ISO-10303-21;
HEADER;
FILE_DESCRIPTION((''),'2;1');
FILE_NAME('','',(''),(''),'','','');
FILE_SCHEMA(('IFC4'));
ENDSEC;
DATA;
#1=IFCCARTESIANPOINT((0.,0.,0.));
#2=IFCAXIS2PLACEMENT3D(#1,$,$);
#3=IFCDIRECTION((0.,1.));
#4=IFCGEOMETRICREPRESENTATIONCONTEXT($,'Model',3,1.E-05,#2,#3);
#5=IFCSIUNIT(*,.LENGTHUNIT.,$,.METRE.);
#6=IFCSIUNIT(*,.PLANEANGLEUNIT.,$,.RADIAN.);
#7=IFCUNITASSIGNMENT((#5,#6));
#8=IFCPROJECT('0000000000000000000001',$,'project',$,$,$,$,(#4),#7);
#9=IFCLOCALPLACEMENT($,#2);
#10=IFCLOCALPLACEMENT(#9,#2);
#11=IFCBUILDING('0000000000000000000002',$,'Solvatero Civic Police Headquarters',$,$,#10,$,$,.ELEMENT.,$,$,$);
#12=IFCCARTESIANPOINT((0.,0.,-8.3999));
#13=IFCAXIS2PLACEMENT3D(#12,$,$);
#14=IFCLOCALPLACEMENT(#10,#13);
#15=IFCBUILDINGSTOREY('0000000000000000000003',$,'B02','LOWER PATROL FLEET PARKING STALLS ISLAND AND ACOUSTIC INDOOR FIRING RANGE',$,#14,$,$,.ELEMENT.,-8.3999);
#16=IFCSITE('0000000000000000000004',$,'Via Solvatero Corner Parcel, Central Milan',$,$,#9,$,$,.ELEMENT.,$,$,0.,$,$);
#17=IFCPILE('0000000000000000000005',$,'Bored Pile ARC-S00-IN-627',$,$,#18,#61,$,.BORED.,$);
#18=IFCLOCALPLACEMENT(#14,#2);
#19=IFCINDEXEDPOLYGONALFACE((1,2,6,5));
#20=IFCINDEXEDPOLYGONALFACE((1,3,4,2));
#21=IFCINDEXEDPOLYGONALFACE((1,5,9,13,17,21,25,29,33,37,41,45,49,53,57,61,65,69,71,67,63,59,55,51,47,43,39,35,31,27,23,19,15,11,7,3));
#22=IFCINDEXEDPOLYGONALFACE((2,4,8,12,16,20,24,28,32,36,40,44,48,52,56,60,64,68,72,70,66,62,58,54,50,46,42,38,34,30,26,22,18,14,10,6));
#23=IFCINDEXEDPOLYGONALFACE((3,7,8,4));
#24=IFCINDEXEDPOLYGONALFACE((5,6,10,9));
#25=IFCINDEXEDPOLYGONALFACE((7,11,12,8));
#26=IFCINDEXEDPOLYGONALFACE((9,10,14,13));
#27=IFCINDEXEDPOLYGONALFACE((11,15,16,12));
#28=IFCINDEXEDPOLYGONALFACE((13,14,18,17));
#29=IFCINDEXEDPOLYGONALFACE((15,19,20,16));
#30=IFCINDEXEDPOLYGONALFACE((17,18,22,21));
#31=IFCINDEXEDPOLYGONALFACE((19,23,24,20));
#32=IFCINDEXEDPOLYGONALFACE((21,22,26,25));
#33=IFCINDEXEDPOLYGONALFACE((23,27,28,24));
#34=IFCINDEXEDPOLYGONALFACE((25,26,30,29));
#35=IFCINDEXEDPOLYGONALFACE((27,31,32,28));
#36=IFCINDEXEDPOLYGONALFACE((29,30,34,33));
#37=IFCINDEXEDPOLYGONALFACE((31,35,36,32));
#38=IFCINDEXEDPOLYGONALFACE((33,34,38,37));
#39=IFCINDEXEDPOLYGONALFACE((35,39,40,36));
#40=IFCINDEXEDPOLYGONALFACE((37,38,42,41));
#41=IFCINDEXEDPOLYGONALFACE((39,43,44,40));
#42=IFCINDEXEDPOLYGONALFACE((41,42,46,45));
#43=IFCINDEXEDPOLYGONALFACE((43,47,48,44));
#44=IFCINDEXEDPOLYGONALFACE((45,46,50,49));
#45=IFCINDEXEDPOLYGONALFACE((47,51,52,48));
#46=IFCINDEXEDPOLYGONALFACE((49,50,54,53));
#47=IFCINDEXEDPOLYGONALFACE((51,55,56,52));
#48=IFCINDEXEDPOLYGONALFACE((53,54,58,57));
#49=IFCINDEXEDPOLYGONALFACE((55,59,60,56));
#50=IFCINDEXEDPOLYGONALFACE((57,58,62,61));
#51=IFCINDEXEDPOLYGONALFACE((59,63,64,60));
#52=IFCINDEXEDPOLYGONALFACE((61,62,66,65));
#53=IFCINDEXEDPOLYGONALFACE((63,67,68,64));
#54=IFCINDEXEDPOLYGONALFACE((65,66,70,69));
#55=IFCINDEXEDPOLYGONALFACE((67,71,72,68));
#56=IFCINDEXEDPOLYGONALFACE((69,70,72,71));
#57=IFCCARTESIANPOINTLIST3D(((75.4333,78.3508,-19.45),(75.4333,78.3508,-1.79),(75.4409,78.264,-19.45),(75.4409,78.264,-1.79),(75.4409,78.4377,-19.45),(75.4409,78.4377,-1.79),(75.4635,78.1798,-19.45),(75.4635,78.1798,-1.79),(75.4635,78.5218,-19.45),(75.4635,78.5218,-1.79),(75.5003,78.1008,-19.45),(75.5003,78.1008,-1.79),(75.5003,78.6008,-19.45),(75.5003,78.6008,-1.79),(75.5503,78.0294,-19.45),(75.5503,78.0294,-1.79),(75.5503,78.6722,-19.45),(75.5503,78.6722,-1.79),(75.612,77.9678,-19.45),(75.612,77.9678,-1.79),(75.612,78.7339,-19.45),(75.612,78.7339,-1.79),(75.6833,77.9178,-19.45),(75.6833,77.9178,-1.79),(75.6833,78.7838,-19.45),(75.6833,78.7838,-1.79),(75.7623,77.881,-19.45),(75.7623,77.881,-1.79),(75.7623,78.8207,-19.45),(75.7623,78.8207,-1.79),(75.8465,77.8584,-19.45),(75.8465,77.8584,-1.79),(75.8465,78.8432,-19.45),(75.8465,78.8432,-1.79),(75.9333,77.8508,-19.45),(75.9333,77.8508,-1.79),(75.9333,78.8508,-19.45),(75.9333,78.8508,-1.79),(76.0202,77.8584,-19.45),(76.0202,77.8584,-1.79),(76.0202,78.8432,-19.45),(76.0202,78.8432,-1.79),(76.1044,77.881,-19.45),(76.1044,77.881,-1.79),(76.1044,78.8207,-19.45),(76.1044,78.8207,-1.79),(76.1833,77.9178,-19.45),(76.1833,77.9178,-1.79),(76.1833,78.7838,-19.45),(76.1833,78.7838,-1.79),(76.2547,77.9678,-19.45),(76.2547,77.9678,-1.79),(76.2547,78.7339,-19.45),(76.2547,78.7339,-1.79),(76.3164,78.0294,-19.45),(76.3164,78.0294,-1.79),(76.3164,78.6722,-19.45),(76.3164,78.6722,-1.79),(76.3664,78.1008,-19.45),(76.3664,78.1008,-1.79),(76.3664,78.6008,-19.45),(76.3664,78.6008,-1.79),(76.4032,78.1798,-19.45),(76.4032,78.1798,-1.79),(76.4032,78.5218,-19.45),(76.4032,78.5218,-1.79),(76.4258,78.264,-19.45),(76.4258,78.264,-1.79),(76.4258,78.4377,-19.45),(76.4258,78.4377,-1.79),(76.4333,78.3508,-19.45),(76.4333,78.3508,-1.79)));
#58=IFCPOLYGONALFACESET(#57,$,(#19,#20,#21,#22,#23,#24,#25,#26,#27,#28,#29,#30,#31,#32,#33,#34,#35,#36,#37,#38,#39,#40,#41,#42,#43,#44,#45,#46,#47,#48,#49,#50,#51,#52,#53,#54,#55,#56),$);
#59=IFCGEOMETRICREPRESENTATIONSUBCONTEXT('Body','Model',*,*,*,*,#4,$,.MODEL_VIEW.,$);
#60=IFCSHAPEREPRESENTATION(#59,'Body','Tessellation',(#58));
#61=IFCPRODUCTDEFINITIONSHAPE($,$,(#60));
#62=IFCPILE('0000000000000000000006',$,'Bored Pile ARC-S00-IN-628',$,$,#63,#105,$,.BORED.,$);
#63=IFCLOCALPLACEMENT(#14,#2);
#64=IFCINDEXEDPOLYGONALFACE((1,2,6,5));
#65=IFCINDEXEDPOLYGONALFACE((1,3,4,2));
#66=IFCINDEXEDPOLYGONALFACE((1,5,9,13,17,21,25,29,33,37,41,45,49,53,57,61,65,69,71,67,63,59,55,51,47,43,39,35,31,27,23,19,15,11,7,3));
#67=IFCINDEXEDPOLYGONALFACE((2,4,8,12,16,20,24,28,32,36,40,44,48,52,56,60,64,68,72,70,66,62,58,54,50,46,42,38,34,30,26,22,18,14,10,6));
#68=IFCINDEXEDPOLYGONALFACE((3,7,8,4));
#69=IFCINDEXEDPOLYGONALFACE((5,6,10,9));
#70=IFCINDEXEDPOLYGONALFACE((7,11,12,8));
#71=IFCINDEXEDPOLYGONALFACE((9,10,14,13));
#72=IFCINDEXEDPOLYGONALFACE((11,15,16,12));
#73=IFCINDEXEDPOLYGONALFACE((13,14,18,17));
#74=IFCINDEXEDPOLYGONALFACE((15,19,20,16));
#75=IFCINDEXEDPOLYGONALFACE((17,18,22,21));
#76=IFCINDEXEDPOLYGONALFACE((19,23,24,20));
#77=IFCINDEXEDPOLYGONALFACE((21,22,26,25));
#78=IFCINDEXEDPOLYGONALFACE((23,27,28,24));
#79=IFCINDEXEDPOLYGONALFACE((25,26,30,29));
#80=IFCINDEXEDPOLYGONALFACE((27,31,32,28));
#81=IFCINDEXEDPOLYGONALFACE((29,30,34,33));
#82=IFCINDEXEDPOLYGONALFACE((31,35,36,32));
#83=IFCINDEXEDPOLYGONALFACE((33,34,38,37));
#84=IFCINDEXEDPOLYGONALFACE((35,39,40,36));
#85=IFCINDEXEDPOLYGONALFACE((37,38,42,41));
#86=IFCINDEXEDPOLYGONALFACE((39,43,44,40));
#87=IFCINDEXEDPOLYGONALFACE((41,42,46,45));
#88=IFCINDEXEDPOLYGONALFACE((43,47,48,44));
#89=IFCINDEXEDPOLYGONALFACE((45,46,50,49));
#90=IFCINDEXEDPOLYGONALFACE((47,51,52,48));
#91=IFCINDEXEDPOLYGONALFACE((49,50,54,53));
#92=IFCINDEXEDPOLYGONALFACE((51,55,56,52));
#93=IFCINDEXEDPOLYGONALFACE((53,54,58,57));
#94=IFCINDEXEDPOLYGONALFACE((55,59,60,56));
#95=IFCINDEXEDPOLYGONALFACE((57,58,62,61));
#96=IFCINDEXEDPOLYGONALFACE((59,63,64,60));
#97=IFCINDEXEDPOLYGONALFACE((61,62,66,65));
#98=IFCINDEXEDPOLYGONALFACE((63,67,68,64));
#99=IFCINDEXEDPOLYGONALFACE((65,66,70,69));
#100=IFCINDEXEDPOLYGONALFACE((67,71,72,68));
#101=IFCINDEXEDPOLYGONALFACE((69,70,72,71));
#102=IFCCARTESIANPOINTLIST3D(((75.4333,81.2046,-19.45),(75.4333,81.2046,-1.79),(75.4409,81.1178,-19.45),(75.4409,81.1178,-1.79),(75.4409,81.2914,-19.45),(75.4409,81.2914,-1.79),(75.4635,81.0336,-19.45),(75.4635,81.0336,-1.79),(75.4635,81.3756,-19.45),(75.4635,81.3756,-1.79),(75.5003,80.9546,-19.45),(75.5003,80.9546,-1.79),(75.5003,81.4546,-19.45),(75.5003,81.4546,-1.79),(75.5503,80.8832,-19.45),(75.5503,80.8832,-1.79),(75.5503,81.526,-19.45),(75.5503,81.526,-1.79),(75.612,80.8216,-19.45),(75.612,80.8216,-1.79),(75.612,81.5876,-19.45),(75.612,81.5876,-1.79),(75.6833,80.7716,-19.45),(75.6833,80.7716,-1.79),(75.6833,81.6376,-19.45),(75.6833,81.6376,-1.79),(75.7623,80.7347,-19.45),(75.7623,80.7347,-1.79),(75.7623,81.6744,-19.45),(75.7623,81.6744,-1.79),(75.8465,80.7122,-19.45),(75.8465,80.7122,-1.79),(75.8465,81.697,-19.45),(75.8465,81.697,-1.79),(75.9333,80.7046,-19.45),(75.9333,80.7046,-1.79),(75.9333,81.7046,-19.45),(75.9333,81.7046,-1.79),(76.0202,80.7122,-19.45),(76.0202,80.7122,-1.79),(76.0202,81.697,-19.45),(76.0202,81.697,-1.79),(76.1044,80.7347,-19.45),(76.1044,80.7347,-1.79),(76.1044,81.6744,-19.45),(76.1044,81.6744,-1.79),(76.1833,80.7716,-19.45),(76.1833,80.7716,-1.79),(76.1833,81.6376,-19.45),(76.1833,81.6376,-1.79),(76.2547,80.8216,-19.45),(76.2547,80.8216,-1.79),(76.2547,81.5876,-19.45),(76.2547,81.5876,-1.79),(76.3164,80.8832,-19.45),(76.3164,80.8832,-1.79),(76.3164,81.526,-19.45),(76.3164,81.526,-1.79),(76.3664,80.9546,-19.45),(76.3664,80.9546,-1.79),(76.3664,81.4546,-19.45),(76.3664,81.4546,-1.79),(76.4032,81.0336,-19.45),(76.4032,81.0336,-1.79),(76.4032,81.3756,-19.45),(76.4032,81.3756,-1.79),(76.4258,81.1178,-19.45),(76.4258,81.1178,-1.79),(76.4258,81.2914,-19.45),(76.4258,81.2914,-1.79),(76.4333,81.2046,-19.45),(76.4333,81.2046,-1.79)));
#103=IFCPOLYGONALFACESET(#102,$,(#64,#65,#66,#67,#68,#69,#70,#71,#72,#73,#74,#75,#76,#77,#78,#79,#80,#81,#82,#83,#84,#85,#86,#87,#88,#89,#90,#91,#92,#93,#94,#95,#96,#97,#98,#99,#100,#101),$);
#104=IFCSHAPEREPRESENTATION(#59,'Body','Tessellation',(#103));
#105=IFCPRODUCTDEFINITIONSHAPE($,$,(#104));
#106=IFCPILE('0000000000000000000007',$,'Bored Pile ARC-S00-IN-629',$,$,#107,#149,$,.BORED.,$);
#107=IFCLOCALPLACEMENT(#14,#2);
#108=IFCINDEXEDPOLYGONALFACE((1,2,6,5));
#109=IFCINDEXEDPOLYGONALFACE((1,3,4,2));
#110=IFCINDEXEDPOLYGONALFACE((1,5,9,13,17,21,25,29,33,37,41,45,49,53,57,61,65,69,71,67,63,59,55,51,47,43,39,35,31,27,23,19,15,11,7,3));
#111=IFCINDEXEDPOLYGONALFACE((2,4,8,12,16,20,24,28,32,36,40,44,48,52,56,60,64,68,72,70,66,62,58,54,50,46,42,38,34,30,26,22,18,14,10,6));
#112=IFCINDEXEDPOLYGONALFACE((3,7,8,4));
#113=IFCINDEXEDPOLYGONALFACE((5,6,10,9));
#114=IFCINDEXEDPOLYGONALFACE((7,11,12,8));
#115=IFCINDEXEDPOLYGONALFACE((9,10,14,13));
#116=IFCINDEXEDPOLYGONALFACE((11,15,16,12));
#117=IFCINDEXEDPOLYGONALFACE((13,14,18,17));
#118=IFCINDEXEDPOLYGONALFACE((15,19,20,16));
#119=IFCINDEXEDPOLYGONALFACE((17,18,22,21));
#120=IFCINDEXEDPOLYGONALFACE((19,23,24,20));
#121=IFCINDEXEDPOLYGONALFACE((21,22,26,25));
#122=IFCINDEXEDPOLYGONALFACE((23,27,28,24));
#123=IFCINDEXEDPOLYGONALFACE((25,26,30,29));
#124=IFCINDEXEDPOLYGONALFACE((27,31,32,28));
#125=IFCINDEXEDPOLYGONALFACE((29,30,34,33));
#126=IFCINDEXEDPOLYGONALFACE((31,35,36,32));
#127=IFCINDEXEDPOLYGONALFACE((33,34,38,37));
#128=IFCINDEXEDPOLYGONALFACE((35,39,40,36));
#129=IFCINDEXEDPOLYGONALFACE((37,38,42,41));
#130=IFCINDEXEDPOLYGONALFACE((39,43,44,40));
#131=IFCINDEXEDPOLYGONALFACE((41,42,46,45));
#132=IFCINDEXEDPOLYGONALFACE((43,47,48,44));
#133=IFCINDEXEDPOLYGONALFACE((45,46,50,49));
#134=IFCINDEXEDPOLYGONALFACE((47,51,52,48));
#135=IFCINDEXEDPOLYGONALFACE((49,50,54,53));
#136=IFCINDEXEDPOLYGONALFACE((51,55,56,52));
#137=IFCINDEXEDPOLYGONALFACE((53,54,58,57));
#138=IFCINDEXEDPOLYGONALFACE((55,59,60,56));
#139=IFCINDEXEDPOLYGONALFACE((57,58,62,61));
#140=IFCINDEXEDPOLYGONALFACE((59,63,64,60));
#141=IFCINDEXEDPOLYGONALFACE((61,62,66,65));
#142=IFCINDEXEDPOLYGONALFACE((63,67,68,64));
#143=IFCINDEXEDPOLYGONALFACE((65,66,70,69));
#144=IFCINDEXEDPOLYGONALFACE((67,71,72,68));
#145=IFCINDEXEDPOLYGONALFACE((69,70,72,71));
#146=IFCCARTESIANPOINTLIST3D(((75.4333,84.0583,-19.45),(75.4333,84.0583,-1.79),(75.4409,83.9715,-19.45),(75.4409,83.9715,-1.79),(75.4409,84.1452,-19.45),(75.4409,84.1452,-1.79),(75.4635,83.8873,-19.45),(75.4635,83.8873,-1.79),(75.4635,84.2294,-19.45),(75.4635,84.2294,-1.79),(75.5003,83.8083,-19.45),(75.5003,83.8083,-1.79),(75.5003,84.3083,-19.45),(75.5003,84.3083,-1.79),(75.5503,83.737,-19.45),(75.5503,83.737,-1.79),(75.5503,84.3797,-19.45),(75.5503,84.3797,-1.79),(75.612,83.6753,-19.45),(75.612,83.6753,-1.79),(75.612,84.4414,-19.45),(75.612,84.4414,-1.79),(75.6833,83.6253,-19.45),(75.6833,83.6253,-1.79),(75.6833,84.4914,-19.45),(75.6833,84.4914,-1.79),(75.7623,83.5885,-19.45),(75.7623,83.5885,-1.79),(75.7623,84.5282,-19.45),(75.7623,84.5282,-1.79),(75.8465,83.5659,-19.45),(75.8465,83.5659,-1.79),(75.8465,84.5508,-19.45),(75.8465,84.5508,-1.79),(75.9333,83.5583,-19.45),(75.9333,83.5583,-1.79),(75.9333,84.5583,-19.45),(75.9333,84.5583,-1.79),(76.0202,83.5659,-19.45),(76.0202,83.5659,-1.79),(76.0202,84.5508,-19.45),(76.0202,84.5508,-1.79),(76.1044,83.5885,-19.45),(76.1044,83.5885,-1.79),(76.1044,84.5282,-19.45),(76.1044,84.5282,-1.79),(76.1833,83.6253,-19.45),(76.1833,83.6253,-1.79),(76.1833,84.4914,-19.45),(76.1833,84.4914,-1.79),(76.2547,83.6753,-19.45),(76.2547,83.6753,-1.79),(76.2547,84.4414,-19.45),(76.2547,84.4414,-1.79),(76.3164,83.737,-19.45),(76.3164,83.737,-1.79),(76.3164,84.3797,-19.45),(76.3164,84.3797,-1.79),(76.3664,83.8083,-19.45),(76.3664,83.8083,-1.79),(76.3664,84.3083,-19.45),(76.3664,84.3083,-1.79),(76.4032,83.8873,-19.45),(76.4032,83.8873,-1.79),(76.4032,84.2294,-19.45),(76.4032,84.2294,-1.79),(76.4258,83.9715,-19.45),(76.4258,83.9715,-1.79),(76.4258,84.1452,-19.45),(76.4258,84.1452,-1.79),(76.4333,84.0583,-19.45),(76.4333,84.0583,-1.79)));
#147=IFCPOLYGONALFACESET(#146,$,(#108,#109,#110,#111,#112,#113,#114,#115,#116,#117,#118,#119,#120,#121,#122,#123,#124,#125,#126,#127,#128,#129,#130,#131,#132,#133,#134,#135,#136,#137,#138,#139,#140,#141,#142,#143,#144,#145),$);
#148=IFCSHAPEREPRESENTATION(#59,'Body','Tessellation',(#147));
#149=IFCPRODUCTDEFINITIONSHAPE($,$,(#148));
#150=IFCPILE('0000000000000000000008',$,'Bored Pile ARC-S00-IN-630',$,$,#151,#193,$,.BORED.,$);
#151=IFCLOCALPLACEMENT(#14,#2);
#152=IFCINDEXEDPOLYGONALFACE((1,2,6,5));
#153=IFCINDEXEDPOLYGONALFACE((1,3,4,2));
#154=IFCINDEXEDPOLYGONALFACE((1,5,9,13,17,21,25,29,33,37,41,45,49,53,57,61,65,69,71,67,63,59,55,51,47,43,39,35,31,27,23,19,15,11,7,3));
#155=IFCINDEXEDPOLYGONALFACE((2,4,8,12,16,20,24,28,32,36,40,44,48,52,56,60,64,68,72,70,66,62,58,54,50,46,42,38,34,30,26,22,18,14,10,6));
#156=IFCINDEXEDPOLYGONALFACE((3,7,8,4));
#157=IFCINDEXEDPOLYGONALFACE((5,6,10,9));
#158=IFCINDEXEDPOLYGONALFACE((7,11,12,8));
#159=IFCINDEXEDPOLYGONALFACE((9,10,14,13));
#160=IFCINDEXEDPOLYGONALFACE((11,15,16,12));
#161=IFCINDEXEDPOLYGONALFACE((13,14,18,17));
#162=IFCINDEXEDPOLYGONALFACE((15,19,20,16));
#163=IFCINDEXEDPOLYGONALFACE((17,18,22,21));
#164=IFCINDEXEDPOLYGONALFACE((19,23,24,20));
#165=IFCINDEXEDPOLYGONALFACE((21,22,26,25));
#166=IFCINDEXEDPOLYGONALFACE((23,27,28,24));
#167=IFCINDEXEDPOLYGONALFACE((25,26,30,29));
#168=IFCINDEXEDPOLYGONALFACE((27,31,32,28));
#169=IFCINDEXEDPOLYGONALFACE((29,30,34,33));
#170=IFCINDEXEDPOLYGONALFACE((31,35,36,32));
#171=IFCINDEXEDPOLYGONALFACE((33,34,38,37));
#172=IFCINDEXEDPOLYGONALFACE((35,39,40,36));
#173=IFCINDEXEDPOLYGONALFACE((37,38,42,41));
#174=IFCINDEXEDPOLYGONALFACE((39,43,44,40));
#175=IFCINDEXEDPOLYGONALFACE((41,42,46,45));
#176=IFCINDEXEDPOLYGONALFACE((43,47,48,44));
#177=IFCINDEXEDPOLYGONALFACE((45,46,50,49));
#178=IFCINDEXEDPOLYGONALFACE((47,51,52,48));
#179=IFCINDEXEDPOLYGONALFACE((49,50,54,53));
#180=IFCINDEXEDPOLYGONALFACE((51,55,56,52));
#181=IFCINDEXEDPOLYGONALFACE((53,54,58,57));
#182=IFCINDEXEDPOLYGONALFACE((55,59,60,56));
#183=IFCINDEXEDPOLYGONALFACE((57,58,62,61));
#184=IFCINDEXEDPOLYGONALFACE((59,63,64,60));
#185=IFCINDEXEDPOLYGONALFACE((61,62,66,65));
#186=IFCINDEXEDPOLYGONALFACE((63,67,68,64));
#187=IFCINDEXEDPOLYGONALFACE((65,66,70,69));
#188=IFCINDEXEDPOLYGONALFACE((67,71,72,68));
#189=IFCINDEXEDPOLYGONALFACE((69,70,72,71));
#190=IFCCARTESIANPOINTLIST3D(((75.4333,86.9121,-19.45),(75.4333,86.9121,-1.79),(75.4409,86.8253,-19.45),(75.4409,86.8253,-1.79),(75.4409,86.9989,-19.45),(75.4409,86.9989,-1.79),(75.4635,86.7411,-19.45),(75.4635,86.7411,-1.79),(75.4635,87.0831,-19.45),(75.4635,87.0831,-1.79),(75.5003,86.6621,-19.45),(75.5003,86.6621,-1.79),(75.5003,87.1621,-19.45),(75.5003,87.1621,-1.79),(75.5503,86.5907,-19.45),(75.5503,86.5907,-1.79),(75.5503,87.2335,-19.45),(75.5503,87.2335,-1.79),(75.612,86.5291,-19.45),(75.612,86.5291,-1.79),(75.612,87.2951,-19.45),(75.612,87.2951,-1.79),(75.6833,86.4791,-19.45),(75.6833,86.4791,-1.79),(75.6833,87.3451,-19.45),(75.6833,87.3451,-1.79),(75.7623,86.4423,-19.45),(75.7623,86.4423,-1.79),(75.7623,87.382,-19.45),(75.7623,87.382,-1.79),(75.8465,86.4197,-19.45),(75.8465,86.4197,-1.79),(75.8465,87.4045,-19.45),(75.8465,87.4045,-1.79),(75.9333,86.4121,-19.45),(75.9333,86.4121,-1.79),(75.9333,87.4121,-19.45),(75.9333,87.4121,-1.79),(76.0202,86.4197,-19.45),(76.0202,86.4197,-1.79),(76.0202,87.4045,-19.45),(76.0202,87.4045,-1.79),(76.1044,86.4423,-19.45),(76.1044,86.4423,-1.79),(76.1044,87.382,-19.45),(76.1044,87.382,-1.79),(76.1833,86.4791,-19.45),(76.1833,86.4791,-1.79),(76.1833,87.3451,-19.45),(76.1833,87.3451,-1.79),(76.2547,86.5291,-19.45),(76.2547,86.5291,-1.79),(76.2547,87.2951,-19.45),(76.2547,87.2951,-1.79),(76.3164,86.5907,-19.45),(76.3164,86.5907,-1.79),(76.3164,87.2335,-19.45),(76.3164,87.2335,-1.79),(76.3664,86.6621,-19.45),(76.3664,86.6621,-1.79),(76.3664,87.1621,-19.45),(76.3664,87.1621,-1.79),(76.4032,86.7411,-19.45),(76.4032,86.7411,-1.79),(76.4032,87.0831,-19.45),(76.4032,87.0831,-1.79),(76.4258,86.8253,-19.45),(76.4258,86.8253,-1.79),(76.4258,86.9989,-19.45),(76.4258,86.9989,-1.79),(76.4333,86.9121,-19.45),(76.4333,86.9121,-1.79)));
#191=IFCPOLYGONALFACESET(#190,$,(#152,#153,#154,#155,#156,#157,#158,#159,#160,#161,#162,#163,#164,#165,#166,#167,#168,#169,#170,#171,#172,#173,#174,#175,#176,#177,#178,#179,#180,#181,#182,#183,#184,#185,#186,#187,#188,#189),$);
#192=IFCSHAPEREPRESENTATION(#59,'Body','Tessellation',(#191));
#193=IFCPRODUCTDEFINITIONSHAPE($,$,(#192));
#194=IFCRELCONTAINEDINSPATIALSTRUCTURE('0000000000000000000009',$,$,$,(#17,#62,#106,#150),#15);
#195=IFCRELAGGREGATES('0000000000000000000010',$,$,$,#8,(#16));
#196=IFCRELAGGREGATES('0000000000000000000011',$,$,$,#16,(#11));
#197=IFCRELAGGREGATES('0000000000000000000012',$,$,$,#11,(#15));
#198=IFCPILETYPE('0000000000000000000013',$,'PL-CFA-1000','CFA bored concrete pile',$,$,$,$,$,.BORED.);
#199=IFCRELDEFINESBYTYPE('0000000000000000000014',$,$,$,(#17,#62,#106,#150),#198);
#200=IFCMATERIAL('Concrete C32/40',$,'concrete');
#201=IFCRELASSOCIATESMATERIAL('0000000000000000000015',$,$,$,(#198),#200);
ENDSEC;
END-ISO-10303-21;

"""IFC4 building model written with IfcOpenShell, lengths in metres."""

from ifc_helpers import new_model, si_unit, direction, frame, origin, origin_2d, place, context, subcontext, project, spatial, circle, extrude, material, material_profile, profile_set, type_object, element, save


model = new_model("IFC4")

# Units and contexts
model_context = context("Model", 3, precision=1e-05, world=origin(), true_north=direction((0.0, 1.0)))
body_context = subcontext(model_context, "Body", "Model", "MODEL_VIEW")
ifc_project = project(units=[si_unit("LENGTHUNIT", "METRE"), si_unit("PLANEANGLEUNIT", "RADIAN")], contexts=[model_context])

# Site, building, storey
site_placement = place(None, origin())
site = spatial("IfcSite", under=ifc_project, at=site_placement, Name="Via Solvatero Corner Parcel, Central Milan", CompositionType="ELEMENT", RefElevation=0.0)
building_placement = place(site_placement, origin())
building = spatial("IfcBuilding", under=site, at=building_placement, Name="Solvatero Civic Police Headquarters", CompositionType="ELEMENT")
storey_placement = place(building_placement, frame((0.0, 0.0, -8.3999)))
storey = spatial("IfcBuildingStorey", under=building, at=storey_placement, Name="B02", Description="LOWER PATROL FLEET PARKING STALLS ISLAND AND ACOUSTIC INDOOR FIRING RANGE", CompositionType="ELEMENT", Elevation=-8.3999)

# Piles
ifc_material_1 = material(Name="Concrete C32/40", Category="concrete")
ifc_material_profile_1 = material_profile(ifc_material_1, circle(Radius=0.5, at=origin_2d()), Name="CFA PILE D1000")
ifc_profile_set_1 = profile_set([ifc_material_profile_1], Name="Concrete C32/40")
pile_type = type_object("IfcPileType", Name="PL-CFA-1000", Description="CFA bored concrete pile", PredefinedType="BORED", material=ifc_profile_set_1)
for number, where, z_axis, x_axis, name in (
    (1, (75.9333, 78.3508, -1.79), (0.0, 0.0, -1.0), (1.0, 0.0, 0.0), "Bored Pile ARC-S00-IN-627"),
    (2, (75.9333, 81.2046, -1.79), (0.0, 0.0, -1.0), (1.0, 0.0, 0.0), "Bored Pile ARC-S00-IN-628"),
    (3, (75.9333, 84.0583, -1.79), (0.0, 0.0, -1.0), (1.0, 0.0, 0.0), "Bored Pile ARC-S00-IN-629"),
    (4, (75.9333, 86.9121, -1.79), (0.0, 0.0, -1.0), (1.0, 0.0, 0.0), "Bored Pile ARC-S00-IN-630"),
):
    element("IfcPile", number, at=place(storey_placement, frame(where, z_axis=z_axis, x_axis=x_axis)), inside=storey, type_object=pile_type, Name=name, PredefinedType="BORED", context=body_context, shape_type="SweptSolid", body=[
        extrude(circle(Radius=0.5, at=origin_2d()), origin(), (0.0, 0.0, 1.0), 17.6599),
    ])

save(model, "model.ifc")
